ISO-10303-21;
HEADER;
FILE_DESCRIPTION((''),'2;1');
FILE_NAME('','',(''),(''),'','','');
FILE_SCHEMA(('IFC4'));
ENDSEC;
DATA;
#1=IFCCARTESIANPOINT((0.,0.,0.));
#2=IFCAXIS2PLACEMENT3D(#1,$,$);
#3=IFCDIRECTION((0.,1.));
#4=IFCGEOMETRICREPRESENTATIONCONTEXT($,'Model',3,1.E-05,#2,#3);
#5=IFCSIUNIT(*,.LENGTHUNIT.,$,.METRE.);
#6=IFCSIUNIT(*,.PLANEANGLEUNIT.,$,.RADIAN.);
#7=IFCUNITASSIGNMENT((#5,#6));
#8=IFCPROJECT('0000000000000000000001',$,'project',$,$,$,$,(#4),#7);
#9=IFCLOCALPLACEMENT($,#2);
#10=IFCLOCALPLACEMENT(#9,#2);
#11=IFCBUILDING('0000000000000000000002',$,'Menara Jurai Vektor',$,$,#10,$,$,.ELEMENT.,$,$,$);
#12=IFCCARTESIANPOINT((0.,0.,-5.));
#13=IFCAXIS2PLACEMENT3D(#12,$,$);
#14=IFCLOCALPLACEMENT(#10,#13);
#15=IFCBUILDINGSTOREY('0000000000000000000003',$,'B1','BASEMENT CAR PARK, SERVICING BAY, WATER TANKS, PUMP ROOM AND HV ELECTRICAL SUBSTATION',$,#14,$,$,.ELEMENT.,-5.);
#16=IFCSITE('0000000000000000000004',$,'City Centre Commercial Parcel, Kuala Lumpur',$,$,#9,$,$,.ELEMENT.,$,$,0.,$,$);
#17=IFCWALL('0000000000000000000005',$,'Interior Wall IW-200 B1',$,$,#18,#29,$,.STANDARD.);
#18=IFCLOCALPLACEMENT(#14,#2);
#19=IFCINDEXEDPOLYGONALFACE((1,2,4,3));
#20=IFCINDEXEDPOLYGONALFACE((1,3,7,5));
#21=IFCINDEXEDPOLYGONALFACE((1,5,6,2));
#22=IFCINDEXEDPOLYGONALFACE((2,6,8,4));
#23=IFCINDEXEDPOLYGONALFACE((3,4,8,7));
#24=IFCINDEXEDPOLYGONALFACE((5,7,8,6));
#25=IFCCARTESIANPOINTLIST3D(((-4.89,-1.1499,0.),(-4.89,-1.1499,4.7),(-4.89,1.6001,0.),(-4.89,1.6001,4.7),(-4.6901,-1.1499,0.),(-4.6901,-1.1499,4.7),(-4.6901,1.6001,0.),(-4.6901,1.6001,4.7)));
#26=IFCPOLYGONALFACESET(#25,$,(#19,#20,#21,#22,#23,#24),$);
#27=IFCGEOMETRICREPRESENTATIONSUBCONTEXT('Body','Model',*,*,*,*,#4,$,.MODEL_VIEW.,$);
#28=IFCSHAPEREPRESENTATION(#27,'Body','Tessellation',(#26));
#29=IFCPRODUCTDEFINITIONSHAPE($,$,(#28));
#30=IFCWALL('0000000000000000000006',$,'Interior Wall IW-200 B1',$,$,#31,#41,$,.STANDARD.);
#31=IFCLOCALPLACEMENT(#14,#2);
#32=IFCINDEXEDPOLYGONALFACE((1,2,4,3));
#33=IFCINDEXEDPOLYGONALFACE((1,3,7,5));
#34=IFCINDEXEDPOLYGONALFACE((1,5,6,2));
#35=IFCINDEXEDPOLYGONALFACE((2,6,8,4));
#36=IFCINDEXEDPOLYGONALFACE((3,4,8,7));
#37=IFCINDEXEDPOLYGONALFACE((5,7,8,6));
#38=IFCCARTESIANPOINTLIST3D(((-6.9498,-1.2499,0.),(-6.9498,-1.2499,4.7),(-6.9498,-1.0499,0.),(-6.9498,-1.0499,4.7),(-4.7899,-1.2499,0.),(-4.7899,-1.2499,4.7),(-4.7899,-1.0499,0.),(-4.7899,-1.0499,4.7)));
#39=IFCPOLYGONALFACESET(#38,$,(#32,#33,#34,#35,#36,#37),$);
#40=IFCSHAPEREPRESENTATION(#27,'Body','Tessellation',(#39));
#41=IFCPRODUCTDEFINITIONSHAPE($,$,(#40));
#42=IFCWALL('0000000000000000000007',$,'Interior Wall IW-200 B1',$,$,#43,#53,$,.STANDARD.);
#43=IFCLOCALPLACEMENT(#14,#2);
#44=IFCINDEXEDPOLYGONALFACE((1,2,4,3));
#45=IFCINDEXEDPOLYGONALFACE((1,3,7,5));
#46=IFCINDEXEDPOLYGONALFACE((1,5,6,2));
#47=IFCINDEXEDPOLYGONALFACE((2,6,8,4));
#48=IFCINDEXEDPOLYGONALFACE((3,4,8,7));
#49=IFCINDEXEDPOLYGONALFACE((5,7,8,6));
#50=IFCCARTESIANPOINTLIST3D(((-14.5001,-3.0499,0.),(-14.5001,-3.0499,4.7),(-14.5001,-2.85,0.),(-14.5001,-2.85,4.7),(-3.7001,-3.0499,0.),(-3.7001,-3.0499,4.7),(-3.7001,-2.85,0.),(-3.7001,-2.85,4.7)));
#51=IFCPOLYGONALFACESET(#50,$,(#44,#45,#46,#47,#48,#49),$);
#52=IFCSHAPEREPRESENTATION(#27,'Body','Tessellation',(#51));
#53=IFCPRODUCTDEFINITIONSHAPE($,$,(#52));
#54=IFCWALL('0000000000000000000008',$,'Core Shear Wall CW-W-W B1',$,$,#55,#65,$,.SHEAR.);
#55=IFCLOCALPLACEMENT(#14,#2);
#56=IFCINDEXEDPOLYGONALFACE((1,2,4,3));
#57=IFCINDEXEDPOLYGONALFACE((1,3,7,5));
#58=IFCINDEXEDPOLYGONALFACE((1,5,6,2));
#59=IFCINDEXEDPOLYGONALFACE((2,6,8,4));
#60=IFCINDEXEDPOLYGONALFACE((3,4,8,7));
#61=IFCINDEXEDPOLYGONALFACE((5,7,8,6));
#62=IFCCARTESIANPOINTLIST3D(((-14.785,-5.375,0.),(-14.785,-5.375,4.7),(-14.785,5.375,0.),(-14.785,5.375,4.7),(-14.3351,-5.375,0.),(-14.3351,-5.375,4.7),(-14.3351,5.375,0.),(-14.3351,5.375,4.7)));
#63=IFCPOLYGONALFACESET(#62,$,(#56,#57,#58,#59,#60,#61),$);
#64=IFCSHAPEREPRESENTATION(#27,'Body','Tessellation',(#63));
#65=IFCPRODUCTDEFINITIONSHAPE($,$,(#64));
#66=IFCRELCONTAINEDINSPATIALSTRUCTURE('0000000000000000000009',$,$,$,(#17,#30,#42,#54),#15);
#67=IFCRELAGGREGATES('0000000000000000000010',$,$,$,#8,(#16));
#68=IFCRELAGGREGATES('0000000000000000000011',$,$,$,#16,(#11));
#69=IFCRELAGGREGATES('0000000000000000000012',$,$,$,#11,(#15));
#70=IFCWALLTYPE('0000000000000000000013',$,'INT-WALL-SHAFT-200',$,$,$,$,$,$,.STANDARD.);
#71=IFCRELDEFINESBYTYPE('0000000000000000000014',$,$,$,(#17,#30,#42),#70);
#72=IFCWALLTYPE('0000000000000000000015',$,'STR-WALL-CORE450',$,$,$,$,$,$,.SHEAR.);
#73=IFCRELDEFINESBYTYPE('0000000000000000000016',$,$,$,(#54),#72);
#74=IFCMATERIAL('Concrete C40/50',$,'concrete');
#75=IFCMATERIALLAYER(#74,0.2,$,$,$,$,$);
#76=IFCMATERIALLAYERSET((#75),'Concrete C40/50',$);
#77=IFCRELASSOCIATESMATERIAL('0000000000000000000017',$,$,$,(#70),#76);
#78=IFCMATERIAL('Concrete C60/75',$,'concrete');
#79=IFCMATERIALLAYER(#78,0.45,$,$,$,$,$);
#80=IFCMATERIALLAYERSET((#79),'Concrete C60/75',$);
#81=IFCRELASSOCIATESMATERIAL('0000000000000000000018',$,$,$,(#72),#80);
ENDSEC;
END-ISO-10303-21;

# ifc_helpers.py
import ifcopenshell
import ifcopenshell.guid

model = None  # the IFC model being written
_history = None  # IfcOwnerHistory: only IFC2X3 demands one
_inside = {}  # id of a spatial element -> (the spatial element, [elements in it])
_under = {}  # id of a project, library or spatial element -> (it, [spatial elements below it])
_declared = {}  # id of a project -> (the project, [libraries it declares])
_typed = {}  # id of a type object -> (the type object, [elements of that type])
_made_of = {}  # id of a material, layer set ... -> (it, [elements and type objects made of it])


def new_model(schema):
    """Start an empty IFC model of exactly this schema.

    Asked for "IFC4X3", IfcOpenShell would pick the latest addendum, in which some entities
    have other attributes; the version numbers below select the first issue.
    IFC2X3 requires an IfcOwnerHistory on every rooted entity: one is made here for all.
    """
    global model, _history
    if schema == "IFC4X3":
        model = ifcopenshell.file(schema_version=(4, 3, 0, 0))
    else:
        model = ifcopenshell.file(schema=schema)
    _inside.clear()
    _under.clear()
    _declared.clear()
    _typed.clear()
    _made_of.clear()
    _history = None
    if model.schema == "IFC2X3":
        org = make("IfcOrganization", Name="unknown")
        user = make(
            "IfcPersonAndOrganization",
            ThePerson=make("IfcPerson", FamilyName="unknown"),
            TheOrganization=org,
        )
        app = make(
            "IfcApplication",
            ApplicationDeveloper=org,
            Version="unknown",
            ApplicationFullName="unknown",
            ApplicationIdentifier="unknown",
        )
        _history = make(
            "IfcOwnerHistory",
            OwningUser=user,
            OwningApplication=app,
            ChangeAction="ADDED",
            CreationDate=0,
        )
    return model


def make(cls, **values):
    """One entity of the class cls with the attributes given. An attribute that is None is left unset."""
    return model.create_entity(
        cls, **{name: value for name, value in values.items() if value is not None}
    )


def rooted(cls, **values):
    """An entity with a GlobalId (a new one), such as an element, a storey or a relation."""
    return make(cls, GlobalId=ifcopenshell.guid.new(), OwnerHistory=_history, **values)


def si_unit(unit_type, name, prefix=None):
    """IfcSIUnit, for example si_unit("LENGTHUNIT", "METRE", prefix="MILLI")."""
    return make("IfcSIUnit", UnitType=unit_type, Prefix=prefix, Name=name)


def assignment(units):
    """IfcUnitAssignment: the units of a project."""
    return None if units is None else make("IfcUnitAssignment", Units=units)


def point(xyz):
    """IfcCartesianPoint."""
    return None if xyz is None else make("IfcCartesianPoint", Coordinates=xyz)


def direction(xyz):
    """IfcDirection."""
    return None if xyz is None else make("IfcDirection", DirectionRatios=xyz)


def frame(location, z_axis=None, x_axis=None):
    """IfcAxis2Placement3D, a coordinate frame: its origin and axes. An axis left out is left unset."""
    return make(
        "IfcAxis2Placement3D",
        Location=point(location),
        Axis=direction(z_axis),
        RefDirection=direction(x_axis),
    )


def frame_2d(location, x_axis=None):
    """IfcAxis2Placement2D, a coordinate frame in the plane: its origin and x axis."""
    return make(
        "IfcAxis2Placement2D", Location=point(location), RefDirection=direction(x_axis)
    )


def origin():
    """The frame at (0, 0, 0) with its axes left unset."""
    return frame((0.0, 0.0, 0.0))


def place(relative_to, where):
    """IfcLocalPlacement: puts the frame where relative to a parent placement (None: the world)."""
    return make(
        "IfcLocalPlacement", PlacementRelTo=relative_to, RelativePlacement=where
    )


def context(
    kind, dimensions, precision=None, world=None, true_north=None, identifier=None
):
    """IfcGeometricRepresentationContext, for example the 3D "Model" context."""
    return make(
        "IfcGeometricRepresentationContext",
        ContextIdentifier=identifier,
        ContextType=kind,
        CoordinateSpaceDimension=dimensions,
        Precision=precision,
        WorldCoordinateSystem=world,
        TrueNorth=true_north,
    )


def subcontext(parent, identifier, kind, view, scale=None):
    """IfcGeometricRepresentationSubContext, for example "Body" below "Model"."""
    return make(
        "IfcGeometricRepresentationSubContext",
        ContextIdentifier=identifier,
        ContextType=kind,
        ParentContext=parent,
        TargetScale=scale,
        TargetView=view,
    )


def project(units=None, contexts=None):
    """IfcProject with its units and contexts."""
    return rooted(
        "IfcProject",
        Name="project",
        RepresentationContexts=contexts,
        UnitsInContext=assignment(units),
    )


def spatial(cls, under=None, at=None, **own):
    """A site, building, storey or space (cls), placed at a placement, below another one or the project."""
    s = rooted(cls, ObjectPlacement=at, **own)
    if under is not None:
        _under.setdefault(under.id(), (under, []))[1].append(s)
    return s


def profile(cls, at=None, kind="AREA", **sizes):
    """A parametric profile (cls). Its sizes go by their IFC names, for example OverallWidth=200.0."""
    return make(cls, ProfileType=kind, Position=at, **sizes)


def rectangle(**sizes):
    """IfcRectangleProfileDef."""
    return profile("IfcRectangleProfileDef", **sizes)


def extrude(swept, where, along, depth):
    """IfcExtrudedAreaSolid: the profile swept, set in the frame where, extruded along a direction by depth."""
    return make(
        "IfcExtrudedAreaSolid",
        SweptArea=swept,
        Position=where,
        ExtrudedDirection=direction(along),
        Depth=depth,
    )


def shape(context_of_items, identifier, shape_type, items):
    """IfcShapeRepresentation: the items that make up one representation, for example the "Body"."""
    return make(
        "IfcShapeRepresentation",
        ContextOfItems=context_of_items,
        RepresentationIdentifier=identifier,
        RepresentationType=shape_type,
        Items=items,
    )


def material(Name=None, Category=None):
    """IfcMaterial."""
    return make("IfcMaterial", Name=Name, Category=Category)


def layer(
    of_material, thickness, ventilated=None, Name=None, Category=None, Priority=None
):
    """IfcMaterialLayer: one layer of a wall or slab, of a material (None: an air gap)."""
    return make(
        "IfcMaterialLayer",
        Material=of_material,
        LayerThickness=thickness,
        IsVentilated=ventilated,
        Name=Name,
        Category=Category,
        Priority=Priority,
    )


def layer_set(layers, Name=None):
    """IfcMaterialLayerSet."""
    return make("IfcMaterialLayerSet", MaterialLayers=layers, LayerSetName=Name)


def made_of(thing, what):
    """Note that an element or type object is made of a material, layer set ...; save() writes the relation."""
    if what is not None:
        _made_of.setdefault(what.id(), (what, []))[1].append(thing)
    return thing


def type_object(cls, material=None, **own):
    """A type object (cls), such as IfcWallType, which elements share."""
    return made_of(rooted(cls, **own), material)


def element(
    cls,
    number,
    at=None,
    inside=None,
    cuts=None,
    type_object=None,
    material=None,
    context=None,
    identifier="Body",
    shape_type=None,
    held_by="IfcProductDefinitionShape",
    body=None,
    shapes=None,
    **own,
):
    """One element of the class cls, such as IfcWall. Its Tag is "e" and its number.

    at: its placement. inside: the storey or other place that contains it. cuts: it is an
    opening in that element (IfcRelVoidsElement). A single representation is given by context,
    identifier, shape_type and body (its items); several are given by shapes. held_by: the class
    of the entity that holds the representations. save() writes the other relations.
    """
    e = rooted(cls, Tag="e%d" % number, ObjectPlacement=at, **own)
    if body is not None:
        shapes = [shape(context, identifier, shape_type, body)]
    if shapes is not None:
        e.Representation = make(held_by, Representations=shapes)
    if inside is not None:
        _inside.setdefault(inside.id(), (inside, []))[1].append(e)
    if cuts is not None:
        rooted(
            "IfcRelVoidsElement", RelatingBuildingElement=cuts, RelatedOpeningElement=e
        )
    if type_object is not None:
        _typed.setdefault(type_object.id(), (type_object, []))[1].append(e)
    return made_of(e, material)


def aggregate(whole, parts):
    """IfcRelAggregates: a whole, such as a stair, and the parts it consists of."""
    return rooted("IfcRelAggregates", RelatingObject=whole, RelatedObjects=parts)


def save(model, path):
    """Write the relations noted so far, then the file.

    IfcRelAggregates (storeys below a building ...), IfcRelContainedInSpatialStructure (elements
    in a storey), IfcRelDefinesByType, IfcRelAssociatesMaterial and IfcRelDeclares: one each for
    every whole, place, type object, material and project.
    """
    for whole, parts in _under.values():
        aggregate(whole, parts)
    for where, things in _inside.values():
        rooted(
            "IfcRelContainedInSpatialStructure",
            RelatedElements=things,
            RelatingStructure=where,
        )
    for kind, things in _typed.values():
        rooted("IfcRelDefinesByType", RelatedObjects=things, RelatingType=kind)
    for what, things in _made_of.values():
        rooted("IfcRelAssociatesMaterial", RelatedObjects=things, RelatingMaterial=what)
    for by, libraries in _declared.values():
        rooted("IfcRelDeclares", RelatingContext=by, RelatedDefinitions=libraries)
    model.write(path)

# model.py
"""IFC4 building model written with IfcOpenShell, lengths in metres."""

from ifc_helpers import new_model, si_unit, direction, frame, frame_2d, origin, place, context, subcontext, project, spatial, rectangle, extrude, material, layer, layer_set, type_object, element, save


model = new_model("IFC4")

# Units and contexts
model_context = context("Model", 3, precision=1e-05, world=origin(), true_north=direction((0.0, 1.0)))
body_context = subcontext(model_context, "Body", "Model", "MODEL_VIEW")
ifc_project = project(units=[si_unit("LENGTHUNIT", "METRE"), si_unit("PLANEANGLEUNIT", "RADIAN")], contexts=[model_context])

# Site, building, storey
site_placement = place(None, origin())
site = spatial("IfcSite", under=ifc_project, at=site_placement, Name="City Centre Commercial Parcel, Kuala Lumpur", CompositionType="ELEMENT", RefElevation=0.0)
building_placement = place(site_placement, origin())
building = spatial("IfcBuilding", under=site, at=building_placement, Name="Menara Jurai Vektor", CompositionType="ELEMENT")
storey_placement = place(building_placement, frame((0.0, 0.0, -5.0)))
storey = spatial("IfcBuildingStorey", under=building, at=storey_placement, Name="B1", Description="BASEMENT CAR PARK, SERVICING BAY, WATER TANKS, PUMP ROOM AND HV ELECTRICAL SUBSTATION", CompositionType="ELEMENT", Elevation=-5.0)

# Shared definitions
ifc_material_1 = material(Name="Concrete C40/50", Category="concrete")

# Shared definitions
ifc_layer_1 = layer(ifc_material_1, 0.2)
ifc_layer_set_1 = layer_set([ifc_layer_1], Name="Concrete C40/50")
wall_type_1 = type_object("IfcWallType", Name="INT-WALL-SHAFT-200", PredefinedType="STANDARD", material=ifc_layer_set_1)

# Walls
wall_1_placement = place(storey_placement, frame((-4.79, -1.1499, 0.0), z_axis=(0.0, 0.0, 1.0), x_axis=(0.0, 1.0, 0.0)))
element("IfcWall", 1, at=wall_1_placement, inside=storey, type_object=wall_type_1, Name="Interior Wall IW-200 B1", PredefinedType="STANDARD", context=body_context, shape_type="SweptSolid", body=[
    extrude(rectangle(XDim=2.75, YDim=0.2, at=frame_2d((1.375, 0.0))), origin(), (0.0, 0.0, 1.0), 4.7),
])
wall_2_placement = place(storey_placement, frame((-6.95, -1.1499, 0.0), z_axis=(0.0, 0.0, 1.0), x_axis=(1.0, 0.0, 0.0)))
element("IfcWall", 2, at=wall_2_placement, inside=storey, type_object=wall_type_1, Name="Interior Wall IW-200 B1", PredefinedType="STANDARD", context=body_context, shape_type="SweptSolid", body=[
    extrude(rectangle(XDim=2.1599, YDim=0.2, at=frame_2d((1.0801, 0.0))), origin(), (0.0, 0.0, 1.0), 4.7),
])
wall_3_placement = place(storey_placement, frame((-14.5, -2.95, 0.0), z_axis=(0.0, 0.0, 1.0), x_axis=(1.0, 0.0, 0.0)))
element("IfcWall", 3, at=wall_3_placement, inside=storey, type_object=wall_type_1, Name="Interior Wall IW-200 B1", PredefinedType="STANDARD", context=body_context, shape_type="SweptSolid", body=[
    extrude(rectangle(XDim=10.8, YDim=0.2, at=frame_2d((5.3999, 0.0))), origin(), (0.0, 0.0, 1.0), 4.7),
])
ifc_material_2 = material(Name="Concrete C60/75", Category="concrete")
ifc_layer_2 = layer(ifc_material_2, 0.45)
ifc_layer_set_2 = layer_set([ifc_layer_2], Name="Concrete C60/75")
wall_type_2 = type_object("IfcWallType", Name="STR-WALL-CORE450", PredefinedType="SHEAR", material=ifc_layer_set_2)
wall_4_placement = place(storey_placement, frame((-14.5601, -5.375, 0.0), z_axis=(0.0, 0.0, 1.0), x_axis=(0.0, 1.0, 0.0)))
element("IfcWall", 4, at=wall_4_placement, inside=storey, type_object=wall_type_2, Name="Core Shear Wall CW-W-W B1", PredefinedType="SHEAR", context=body_context, shape_type="SweptSolid", body=[
    extrude(rectangle(XDim=10.75, YDim=0.45, at=frame_2d((5.375, 0.0))), origin(), (0.0, 0.0, 1.0), 4.7),
])

save(model, "model.ifc")
